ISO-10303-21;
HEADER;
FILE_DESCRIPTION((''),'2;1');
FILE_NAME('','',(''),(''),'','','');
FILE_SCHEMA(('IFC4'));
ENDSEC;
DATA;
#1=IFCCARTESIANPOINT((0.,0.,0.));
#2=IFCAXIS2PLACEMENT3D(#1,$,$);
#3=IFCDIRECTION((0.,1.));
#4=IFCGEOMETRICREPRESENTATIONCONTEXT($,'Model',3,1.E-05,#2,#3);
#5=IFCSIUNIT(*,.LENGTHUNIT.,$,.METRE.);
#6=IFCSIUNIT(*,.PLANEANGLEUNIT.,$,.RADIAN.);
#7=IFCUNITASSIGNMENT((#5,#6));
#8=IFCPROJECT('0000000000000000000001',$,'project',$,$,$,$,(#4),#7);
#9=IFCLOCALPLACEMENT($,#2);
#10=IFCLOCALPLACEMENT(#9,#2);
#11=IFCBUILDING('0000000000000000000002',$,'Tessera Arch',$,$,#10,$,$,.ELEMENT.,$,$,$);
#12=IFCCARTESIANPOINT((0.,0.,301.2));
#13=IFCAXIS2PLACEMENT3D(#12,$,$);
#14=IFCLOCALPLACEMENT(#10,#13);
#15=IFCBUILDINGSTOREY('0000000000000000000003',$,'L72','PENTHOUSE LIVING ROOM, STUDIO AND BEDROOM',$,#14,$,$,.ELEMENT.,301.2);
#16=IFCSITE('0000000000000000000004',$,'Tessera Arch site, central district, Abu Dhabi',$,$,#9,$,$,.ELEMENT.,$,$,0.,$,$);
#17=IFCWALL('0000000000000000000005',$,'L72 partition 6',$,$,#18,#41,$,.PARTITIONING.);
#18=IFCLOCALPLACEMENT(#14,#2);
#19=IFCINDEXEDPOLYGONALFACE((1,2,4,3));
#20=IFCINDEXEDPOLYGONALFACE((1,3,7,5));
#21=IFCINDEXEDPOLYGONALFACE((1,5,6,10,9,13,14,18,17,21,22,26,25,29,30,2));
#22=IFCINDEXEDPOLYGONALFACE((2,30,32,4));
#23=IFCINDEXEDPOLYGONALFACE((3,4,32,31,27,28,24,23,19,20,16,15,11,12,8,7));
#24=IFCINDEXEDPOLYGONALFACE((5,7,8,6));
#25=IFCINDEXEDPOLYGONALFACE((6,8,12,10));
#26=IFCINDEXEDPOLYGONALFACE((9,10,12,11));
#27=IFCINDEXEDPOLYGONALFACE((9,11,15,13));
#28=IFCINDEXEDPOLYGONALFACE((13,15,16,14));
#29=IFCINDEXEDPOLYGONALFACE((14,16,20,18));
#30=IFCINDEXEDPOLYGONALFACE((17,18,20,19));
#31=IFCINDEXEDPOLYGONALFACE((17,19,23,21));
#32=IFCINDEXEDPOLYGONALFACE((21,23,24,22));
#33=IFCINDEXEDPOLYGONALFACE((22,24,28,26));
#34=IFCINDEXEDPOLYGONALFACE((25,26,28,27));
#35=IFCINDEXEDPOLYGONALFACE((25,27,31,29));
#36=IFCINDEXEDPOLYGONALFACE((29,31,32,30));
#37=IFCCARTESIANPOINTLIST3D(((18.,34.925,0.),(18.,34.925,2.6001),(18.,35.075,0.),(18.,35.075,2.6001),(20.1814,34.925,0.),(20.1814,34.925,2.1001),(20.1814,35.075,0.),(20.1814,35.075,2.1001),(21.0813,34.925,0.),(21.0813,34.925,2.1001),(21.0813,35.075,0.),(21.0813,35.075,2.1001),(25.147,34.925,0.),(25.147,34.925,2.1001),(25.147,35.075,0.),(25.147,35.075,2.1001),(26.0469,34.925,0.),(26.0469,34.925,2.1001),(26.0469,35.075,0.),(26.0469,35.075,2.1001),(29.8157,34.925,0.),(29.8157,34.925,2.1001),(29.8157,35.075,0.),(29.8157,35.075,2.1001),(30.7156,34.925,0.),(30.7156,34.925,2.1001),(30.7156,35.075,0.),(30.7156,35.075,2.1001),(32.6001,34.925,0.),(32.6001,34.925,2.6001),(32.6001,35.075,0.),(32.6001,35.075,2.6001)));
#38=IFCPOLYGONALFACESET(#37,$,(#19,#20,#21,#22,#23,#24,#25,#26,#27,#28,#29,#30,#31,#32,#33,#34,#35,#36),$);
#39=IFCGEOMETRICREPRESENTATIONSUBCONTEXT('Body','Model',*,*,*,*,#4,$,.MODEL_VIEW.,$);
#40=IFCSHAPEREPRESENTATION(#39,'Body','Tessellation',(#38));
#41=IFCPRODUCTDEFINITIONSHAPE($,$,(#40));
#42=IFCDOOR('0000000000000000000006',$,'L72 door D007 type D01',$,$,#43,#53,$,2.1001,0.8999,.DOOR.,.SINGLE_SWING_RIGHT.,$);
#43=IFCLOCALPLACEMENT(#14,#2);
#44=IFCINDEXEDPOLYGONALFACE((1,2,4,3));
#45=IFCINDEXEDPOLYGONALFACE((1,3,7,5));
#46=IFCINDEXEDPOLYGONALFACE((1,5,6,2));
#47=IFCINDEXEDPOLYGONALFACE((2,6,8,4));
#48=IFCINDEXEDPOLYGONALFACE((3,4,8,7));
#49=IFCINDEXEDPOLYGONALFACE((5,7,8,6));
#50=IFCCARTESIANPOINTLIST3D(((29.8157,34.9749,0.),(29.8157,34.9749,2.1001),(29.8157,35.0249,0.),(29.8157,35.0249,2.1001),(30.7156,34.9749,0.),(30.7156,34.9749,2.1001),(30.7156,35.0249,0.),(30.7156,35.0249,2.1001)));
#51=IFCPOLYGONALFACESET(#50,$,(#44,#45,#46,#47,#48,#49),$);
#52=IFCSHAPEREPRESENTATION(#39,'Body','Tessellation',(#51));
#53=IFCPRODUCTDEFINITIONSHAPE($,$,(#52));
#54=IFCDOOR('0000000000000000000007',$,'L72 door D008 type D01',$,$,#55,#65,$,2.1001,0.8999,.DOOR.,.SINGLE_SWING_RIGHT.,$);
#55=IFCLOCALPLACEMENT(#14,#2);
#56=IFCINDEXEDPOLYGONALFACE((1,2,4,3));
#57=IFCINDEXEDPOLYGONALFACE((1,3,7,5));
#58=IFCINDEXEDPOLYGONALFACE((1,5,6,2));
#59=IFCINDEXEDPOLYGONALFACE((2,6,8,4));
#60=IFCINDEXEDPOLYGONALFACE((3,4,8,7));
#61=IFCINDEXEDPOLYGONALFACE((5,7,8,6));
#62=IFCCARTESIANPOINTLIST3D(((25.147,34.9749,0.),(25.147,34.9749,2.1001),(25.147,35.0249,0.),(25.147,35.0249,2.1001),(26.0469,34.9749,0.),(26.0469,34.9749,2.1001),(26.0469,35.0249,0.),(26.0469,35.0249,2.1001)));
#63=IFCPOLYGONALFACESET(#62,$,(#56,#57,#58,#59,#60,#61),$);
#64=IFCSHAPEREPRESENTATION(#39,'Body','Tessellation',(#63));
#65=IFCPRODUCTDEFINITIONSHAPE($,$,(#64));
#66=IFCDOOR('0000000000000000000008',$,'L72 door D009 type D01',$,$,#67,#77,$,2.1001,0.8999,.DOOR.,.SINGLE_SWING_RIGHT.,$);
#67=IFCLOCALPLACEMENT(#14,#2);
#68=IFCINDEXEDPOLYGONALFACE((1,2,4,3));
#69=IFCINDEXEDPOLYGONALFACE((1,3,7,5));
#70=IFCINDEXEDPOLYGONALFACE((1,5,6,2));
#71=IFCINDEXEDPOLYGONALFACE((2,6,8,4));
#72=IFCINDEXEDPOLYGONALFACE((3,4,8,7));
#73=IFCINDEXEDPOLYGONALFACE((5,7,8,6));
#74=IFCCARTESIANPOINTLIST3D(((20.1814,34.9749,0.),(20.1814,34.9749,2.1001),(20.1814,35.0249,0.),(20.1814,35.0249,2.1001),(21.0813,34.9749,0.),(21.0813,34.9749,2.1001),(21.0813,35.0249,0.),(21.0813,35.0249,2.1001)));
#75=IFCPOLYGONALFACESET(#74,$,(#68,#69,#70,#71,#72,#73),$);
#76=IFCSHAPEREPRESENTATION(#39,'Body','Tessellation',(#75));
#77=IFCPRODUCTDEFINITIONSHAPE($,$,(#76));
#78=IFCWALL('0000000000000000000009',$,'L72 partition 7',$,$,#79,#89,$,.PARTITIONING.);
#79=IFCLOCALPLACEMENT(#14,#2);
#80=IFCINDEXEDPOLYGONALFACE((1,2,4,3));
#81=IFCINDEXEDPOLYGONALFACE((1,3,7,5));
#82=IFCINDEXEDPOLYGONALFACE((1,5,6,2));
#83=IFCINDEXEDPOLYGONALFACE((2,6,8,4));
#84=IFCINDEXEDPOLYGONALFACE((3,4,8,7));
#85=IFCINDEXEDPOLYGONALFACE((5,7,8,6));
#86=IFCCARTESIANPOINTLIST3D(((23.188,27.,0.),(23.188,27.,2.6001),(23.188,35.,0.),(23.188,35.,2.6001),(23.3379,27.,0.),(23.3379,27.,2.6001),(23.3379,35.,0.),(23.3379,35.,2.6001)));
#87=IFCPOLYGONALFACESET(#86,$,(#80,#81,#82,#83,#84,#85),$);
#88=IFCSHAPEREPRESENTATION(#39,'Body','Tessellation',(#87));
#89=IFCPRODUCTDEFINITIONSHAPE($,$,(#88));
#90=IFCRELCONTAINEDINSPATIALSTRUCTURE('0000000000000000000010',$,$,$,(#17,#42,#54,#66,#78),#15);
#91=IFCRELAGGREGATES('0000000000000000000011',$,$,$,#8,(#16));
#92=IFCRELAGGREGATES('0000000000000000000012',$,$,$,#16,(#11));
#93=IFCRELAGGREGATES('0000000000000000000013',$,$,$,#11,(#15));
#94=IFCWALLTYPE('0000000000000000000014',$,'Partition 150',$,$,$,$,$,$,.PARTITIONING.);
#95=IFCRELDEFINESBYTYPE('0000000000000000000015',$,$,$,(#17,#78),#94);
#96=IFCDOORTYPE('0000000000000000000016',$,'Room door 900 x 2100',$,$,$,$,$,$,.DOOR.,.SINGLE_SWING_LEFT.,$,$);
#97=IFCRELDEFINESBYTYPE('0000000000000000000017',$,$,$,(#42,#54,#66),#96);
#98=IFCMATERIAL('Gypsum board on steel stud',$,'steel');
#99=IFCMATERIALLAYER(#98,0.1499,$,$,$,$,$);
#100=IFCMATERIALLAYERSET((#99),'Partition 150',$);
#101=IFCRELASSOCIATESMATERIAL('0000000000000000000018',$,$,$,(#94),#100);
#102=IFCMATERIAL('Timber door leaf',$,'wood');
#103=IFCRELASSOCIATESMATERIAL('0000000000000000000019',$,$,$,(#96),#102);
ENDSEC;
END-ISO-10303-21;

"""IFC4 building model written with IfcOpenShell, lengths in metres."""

from ifc_helpers import new_model, si_unit, direction, frame, frame_2d, origin, place, context, subcontext, project, spatial, rectangle, extrude, material, layer, layer_set, type_object, element, fill, save


model = new_model("IFC4")

# Units and contexts
model_context = context("Model", 3, precision=1e-05, world=origin(), true_north=direction((0.0, 1.0)))
body_context = subcontext(model_context, "Body", "Model", "MODEL_VIEW")
ifc_project = project(units=[si_unit("LENGTHUNIT", "METRE"), si_unit("PLANEANGLEUNIT", "RADIAN")], contexts=[model_context])

# Site, building, storey
site_placement = place(None, origin())
site = spatial("IfcSite", under=ifc_project, at=site_placement, Name="Tessera Arch site, central district, Abu Dhabi", CompositionType="ELEMENT", RefElevation=0.0)
building_placement = place(site_placement, origin())
building = spatial("IfcBuilding", under=site, at=building_placement, Name="Tessera Arch", CompositionType="ELEMENT")
storey_placement = place(building_placement, frame((0.0, 0.0, 301.2)))
storey = spatial("IfcBuildingStorey", under=building, at=storey_placement, Name="L72", Description="PENTHOUSE LIVING ROOM, STUDIO AND BEDROOM", CompositionType="ELEMENT", Elevation=301.2)

# Wall, openings, doors
ifc_material_1 = material(Name="Gypsum board on steel stud", Category="steel")
ifc_layer_1 = layer(ifc_material_1, 0.1499)
ifc_layer_set_1 = layer_set([ifc_layer_1], Name="Partition 150")
wall_type = type_object("IfcWallType", Name="Partition 150", PredefinedType="PARTITIONING", material=ifc_layer_set_1)
wall_1_placement = place(storey_placement, frame((18.0, 35.0, 0.0), z_axis=(0.0, 0.0, 1.0), x_axis=(1.0, 0.0, 0.0)))
wall_1 = element("IfcWall", 1, at=wall_1_placement, inside=storey, type_object=wall_type, Name="L72 partition 6", PredefinedType="PARTITIONING", context=body_context, shape_type="SweptSolid", body=[
    extrude(rectangle(XDim=14.6001, YDim=0.1499, at=frame_2d((7.3, 0.0))), origin(), (0.0, 0.0, 1.0), 2.6001),
])
opening_1_placement = place(wall_1_placement, frame((11.8157, 0.0, 0.0)))
opening_1 = element("IfcOpeningElement", 2, at=opening_1_placement, cuts=wall_1, PredefinedType="OPENING", context=body_context, shape_type="SweptSolid", body=[
    extrude(rectangle(XDim=0.8999, YDim=2.1001, at=frame_2d((0.45, 1.05))), frame((0.0, 0.085, 0.0), z_axis=(0.0, -1.0, 0.0), x_axis=(1.0, 0.0, 0.0)), (0.0, 0.0, 1.0), 0.1699),
])
opening_2_placement = place(wall_1_placement, frame((7.147, 0.0, 0.0)))
opening_2 = element("IfcOpeningElement", 3, at=opening_2_placement, cuts=wall_1, PredefinedType="OPENING", context=body_context, shape_type="SweptSolid", body=[
    extrude(rectangle(XDim=0.8999, YDim=2.1001, at=frame_2d((0.45, 1.05))), frame((0.0, 0.085, 0.0), z_axis=(0.0, -1.0, 0.0), x_axis=(1.0, 0.0, 0.0)), (0.0, 0.0, 1.0), 0.1699),
])
opening_3_placement = place(wall_1_placement, frame((2.1814, 0.0, 0.0)))
opening_3 = element("IfcOpeningElement", 4, at=opening_3_placement, cuts=wall_1, PredefinedType="OPENING", context=body_context, shape_type="SweptSolid", body=[
    extrude(rectangle(XDim=0.8999, YDim=2.1001, at=frame_2d((0.45, 1.05))), frame((0.0, 0.085, 0.0), z_axis=(0.0, -1.0, 0.0), x_axis=(1.0, 0.0, 0.0)), (0.0, 0.0, 1.0), 0.1699),
])
ifc_material_2 = material(Name="Timber door leaf", Category="wood")
door_type = type_object("IfcDoorType", Name="Room door 900 x 2100", OperationType="SINGLE_SWING_LEFT", PredefinedType="DOOR", material=ifc_material_2)
door_1_placement = place(opening_1_placement, origin())
door_1 = element("IfcDoor", 5, at=door_1_placement, inside=storey, type_object=door_type, Name="L72 door D007 type D01", OperationType="SINGLE_SWING_RIGHT", OverallHeight=2.1001, OverallWidth=0.8999, PredefinedType="DOOR", context=body_context, shape_type="SweptSolid", body=[
    extrude(rectangle(XDim=0.8999, YDim=2.1001, at=frame_2d((0.45, 1.05))), frame((0.0, 0.0249, 0.0), z_axis=(0.0, -1.0, 0.0), x_axis=(1.0, 0.0, 0.0)), (0.0, 0.0, 1.0), 0.05),
])
fill(opening_1, door_1)
door_2_placement = place(opening_2_placement, origin())
door_2 = element("IfcDoor", 6, at=door_2_placement, inside=storey, type_object=door_type, Name="L72 door D008 type D01", OperationType="SINGLE_SWING_RIGHT", OverallHeight=2.1001, OverallWidth=0.8999, PredefinedType="DOOR", context=body_context, shape_type="SweptSolid", body=[
    extrude(rectangle(XDim=0.8999, YDim=2.1001, at=frame_2d((0.45, 1.05))), frame((0.0, 0.0249, 0.0), z_axis=(0.0, -1.0, 0.0), x_axis=(1.0, 0.0, 0.0)), (0.0, 0.0, 1.0), 0.05),
])
fill(opening_2, door_2)
door_3_placement = place(opening_3_placement, origin())
door_3 = element("IfcDoor", 7, at=door_3_placement, inside=storey, type_object=door_type, Name="L72 door D009 type D01", OperationType="SINGLE_SWING_RIGHT", OverallHeight=2.1001, OverallWidth=0.8999, PredefinedType="DOOR", context=body_context, shape_type="SweptSolid", body=[
    extrude(rectangle(XDim=0.8999, YDim=2.1001, at=frame_2d((0.45, 1.05))), frame((0.0, 0.0249, 0.0), z_axis=(0.0, -1.0, 0.0), x_axis=(1.0, 0.0, 0.0)), (0.0, 0.0, 1.0), 0.05),
])
fill(opening_3, door_3)

# Wall
wall_2_placement = place(storey_placement, frame((23.2629, 27.0, 0.0), z_axis=(0.0, 0.0, 1.0), x_axis=(0.0, 1.0, 0.0)))
element("IfcWall", 8, at=wall_2_placement, inside=storey, type_object=wall_type, Name="L72 partition 7", PredefinedType="PARTITIONING", context=body_context, shape_type="SweptSolid", body=[
    extrude(rectangle(XDim=8.0, YDim=0.1499, at=frame_2d((4.0, 0.0))), origin(), (0.0, 0.0, 1.0), 2.6001),
])

save(model, "model.ifc")
